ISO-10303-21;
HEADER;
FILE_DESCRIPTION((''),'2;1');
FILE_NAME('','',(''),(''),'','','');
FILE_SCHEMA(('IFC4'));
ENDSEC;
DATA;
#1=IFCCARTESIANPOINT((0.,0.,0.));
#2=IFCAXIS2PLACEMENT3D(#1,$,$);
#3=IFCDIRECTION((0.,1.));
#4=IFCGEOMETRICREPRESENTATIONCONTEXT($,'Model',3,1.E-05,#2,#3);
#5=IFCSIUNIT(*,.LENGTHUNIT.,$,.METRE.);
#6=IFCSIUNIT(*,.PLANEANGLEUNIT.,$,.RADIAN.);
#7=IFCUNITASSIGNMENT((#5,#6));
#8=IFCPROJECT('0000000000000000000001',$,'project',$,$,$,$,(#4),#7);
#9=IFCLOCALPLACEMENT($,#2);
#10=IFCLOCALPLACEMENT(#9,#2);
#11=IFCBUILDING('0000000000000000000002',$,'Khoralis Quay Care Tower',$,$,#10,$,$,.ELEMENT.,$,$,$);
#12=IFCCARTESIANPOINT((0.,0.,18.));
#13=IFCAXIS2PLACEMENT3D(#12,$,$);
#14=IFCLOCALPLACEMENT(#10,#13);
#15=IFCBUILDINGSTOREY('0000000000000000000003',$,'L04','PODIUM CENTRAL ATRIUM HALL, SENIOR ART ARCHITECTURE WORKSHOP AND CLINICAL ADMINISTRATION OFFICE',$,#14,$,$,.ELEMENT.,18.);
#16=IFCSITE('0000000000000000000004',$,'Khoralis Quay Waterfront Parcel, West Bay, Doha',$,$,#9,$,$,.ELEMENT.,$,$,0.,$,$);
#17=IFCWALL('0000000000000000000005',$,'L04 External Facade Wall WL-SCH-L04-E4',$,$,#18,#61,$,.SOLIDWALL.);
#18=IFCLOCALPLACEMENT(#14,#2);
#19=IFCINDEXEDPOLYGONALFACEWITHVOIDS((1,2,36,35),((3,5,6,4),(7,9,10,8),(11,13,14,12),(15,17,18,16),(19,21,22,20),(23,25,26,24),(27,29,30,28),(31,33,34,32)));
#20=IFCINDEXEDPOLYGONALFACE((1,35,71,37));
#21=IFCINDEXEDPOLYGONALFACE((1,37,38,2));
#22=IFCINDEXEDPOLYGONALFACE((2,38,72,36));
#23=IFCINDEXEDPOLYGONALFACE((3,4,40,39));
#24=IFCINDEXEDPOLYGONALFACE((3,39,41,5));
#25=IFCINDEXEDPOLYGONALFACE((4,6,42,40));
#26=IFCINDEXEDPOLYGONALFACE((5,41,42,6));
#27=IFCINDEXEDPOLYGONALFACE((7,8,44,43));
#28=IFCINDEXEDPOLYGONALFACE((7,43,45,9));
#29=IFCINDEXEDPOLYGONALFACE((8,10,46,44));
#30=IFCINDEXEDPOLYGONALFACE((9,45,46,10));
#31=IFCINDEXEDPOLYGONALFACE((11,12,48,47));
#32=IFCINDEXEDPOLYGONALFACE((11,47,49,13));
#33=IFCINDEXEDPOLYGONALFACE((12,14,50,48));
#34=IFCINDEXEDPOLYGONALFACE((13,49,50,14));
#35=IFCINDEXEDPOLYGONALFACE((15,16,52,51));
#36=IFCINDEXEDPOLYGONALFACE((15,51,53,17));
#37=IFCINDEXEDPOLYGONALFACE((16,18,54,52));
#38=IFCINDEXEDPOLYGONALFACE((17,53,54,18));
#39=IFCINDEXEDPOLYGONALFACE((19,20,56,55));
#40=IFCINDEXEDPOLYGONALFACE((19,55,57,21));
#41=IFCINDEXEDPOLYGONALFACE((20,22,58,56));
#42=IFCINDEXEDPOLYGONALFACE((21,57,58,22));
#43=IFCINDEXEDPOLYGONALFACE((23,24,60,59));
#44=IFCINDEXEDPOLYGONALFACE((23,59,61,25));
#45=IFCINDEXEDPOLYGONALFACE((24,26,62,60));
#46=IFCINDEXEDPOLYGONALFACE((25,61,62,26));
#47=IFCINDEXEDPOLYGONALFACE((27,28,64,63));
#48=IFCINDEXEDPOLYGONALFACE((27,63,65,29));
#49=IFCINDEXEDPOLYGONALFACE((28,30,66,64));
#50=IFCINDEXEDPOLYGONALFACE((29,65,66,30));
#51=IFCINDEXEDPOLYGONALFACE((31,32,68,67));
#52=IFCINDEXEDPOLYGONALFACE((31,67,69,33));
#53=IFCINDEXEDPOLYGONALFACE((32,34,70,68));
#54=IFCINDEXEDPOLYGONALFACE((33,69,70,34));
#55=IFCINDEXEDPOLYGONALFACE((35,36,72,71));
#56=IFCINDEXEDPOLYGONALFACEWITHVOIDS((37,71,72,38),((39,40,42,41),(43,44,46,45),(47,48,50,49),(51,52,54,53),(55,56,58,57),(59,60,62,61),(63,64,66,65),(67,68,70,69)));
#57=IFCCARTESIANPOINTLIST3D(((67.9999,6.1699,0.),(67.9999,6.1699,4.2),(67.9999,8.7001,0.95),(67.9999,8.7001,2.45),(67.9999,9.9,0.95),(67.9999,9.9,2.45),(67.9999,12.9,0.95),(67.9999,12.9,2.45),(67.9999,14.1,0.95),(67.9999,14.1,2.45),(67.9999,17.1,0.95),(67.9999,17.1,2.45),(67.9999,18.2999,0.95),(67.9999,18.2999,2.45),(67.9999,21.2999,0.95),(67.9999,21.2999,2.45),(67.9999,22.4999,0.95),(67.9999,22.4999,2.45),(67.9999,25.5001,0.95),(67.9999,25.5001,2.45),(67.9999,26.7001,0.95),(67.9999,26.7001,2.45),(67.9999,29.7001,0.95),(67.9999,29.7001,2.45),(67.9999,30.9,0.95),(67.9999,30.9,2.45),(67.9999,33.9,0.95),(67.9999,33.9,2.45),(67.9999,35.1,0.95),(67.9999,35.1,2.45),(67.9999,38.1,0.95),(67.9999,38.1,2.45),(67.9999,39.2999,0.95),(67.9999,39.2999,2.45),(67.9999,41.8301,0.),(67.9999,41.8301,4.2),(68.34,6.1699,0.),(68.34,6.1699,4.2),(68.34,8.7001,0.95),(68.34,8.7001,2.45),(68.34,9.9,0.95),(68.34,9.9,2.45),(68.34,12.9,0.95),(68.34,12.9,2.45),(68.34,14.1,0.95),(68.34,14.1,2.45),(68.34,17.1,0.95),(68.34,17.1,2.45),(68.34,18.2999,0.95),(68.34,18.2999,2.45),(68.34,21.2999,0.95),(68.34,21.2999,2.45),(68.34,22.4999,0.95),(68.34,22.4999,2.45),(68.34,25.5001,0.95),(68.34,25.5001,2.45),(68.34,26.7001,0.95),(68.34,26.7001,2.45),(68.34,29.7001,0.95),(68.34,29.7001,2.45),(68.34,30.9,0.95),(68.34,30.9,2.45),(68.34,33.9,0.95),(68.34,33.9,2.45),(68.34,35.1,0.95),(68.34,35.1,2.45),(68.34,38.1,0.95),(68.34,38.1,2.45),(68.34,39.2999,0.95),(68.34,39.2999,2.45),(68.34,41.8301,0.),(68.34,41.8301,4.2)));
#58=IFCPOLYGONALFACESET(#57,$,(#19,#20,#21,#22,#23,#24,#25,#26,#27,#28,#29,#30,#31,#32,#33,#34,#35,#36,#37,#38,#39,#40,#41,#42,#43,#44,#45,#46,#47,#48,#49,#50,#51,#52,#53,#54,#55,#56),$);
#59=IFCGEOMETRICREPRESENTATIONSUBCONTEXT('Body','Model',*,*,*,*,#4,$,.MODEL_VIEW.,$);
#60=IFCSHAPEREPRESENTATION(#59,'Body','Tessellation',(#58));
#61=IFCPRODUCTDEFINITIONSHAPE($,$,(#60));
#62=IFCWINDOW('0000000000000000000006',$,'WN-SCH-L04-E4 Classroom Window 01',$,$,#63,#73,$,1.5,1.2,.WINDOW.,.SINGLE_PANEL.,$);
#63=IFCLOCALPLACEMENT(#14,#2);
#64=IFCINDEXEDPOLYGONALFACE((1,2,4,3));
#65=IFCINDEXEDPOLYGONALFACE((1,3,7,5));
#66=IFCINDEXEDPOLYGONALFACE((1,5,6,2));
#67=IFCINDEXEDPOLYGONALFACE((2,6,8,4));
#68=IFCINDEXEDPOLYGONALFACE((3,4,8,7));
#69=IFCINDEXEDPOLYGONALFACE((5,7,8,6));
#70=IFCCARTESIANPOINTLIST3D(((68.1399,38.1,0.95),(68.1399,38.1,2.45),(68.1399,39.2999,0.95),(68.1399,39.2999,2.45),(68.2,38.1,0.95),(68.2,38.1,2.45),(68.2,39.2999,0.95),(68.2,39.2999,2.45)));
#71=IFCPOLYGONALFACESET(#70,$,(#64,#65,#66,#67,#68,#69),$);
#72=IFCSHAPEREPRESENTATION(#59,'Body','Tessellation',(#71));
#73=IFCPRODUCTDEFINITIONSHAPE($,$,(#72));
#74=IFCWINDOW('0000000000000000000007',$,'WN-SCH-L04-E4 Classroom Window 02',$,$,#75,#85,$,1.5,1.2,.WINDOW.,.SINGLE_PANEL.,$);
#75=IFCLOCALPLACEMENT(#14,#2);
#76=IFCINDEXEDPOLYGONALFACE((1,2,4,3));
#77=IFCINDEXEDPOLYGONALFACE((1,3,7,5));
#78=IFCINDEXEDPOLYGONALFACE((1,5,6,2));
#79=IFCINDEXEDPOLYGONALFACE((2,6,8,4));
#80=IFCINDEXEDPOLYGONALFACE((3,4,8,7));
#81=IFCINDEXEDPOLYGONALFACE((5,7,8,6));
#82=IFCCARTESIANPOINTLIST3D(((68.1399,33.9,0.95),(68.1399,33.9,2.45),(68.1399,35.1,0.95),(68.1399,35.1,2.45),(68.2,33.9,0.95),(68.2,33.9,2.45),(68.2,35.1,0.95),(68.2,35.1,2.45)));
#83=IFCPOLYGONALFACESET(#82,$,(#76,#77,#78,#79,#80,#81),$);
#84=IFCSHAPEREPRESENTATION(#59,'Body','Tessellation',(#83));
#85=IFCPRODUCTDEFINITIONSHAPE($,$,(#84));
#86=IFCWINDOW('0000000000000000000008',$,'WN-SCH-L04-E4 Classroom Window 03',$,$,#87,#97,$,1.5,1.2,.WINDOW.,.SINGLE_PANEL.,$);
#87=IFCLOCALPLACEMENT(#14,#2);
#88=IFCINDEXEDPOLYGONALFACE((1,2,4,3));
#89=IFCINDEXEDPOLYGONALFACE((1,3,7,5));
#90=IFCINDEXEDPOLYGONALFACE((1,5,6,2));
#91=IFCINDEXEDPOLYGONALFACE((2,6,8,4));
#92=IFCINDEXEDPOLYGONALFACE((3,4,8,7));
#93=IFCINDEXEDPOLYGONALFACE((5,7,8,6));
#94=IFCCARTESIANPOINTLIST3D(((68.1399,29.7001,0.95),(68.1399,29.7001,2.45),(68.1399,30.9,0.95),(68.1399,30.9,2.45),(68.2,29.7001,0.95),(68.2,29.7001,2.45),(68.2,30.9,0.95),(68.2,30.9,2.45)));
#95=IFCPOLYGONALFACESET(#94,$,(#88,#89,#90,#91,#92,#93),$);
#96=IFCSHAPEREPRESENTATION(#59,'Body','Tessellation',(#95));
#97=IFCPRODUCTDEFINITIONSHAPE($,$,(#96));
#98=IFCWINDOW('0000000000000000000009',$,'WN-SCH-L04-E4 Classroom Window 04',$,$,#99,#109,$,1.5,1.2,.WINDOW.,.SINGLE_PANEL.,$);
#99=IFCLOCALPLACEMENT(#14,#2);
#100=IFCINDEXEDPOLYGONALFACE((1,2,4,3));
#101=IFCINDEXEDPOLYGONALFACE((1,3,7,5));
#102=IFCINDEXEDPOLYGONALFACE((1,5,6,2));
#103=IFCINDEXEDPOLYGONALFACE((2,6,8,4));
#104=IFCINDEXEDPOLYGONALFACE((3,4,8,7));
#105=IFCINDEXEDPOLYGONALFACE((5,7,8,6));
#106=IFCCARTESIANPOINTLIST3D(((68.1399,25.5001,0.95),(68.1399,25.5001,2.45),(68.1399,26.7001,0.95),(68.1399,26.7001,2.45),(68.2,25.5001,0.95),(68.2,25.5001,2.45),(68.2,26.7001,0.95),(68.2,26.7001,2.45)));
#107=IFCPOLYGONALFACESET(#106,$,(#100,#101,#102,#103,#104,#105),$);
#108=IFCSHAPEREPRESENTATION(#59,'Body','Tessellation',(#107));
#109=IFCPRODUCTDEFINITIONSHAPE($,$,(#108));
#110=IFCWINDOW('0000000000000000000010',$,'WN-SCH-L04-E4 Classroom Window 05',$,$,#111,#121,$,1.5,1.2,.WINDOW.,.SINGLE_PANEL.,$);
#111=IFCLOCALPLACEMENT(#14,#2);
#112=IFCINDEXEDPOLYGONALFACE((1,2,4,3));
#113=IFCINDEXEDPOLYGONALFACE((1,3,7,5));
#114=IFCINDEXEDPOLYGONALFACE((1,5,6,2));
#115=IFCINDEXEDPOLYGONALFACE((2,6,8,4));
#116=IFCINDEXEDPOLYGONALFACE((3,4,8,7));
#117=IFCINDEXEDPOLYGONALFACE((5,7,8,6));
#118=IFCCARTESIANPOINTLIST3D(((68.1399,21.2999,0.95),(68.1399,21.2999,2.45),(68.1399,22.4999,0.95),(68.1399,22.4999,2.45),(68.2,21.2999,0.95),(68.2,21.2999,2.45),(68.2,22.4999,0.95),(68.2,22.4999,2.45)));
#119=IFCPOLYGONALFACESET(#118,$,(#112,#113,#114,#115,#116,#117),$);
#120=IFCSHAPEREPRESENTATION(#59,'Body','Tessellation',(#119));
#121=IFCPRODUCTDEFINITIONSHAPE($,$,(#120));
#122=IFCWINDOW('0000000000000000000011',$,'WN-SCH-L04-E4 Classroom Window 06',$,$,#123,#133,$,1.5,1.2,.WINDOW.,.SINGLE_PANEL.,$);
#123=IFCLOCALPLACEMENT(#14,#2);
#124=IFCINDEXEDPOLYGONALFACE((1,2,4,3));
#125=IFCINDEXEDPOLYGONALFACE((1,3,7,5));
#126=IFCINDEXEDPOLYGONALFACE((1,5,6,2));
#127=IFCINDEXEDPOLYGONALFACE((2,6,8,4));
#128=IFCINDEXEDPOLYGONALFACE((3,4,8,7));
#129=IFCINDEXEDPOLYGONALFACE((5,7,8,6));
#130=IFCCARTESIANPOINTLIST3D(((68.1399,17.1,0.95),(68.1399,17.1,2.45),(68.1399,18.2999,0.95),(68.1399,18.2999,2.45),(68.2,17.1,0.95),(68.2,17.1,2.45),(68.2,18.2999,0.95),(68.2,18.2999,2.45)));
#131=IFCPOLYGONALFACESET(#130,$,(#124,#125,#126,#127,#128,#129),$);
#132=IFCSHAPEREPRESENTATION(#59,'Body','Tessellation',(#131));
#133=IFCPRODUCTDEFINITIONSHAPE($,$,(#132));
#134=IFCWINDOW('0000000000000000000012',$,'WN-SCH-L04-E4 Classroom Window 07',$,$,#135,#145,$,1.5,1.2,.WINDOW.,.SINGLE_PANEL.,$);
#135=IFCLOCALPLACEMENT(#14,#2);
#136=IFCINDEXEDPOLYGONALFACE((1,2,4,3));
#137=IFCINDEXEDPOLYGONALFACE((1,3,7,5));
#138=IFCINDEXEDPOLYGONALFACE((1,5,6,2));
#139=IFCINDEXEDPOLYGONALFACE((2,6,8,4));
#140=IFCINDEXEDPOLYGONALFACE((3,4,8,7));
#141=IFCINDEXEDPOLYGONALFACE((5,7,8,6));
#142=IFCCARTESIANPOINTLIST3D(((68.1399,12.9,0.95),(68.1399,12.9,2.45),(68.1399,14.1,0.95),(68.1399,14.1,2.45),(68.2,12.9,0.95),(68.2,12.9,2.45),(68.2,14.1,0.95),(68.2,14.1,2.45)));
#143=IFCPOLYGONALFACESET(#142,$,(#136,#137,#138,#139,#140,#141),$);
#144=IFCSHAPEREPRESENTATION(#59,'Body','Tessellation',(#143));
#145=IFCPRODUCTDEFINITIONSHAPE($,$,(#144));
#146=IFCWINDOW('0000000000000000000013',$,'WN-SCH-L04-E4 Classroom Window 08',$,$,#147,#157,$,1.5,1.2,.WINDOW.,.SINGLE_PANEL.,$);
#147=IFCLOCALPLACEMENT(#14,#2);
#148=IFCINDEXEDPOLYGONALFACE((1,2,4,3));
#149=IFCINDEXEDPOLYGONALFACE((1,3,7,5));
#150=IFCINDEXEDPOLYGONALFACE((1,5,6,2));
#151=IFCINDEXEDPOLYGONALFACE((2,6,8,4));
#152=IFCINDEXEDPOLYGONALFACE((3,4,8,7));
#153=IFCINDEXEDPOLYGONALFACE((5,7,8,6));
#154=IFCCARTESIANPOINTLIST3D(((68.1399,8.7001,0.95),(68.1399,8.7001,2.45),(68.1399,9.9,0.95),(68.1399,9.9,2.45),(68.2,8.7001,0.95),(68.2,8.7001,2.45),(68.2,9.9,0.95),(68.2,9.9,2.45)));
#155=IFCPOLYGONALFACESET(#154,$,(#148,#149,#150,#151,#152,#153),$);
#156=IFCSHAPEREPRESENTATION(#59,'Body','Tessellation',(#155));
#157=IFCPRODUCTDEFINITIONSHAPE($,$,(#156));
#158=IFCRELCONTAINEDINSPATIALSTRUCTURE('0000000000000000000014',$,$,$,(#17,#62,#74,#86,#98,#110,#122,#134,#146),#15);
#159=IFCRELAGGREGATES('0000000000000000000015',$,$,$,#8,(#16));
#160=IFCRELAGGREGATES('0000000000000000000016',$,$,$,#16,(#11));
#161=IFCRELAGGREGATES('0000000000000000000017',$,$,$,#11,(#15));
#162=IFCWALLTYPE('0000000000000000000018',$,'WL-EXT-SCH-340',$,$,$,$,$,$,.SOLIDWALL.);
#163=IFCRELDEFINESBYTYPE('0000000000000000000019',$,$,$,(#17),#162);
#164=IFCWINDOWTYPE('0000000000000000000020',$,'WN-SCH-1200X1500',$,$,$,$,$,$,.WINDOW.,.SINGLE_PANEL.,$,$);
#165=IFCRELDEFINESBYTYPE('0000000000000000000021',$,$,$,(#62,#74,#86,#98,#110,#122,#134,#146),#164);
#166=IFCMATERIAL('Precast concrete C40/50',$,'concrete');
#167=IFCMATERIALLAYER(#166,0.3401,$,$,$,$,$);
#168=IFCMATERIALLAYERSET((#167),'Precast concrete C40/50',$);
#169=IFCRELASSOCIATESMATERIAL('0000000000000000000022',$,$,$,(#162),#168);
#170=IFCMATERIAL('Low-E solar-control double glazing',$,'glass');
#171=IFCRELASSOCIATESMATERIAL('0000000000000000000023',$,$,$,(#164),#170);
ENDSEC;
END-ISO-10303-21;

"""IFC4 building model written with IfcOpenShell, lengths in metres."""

from ifc_helpers import new_model, si_unit, direction, frame, frame_2d, origin, place, context, subcontext, project, spatial, rectangle, extrude, source, transform, mapped, material, layer, layer_set, type_object, element, fill, save


model = new_model("IFC4")

# Units and contexts
model_context = context("Model", 3, precision=1e-05, world=origin(), true_north=direction((0.0, 1.0)))
body_context = subcontext(model_context, "Body", "Model", "MODEL_VIEW")
ifc_project = project(units=[si_unit("LENGTHUNIT", "METRE"), si_unit("PLANEANGLEUNIT", "RADIAN")], contexts=[model_context])

# Site, building, storey
site_placement = place(None, origin())
site = spatial("IfcSite", under=ifc_project, at=site_placement, Name="Khoralis Quay Waterfront Parcel, West Bay, Doha", CompositionType="ELEMENT", RefElevation=0.0)
building_placement = place(site_placement, origin())
building = spatial("IfcBuilding", under=site, at=building_placement, Name="Khoralis Quay Care Tower", CompositionType="ELEMENT")
storey_placement = place(building_placement, frame((0.0, 0.0, 18.0)))
storey = spatial("IfcBuildingStorey", under=building, at=storey_placement, Name="L04", Description="PODIUM CENTRAL ATRIUM HALL, SENIOR ART ARCHITECTURE WORKSHOP AND CLINICAL ADMINISTRATION OFFICE", CompositionType="ELEMENT", Elevation=18.0)

# Wall, openings, windows
ifc_material_1 = material(Name="Low-E solar-control double glazing", Category="glass")
ifc_material_2 = material(Name="Precast concrete C40/50", Category="concrete")
ifc_layer_1 = layer(ifc_material_2, 0.3401)
ifc_layer_set_1 = layer_set([ifc_layer_1], Name="Precast concrete C40/50")
wall_type_1 = type_object("IfcWallType", Name="WL-EXT-SCH-340", PredefinedType="SOLIDWALL", material=ifc_layer_set_1)
wall_1_placement = place(storey_placement, frame((68.1699, 41.8301, 0.0), z_axis=(0.0, 0.0, 1.0), x_axis=(0.0, -1.0, 0.0)))
wall_1 = element("IfcWall", 1, at=wall_1_placement, inside=storey, type_object=wall_type_1, Name="L04 External Facade Wall WL-SCH-L04-E4", PredefinedType="SOLIDWALL", context=body_context, shape_type="SweptSolid", body=[
    extrude(rectangle(XDim=35.6602, YDim=0.3401, at=frame_2d((17.8301, 0.0))), origin(), (0.0, 0.0, 1.0), 4.2),
])
opening_1_placement = place(wall_1_placement, frame((2.53, 0.0, 0.95)))
opening_1 = element("IfcOpeningElement", 2, at=opening_1_placement, cuts=wall_1, PredefinedType="OPENING", context=body_context, shape_type="SweptSolid", body=[
    extrude(rectangle(XDim=1.2, YDim=1.5, at=frame_2d((0.6001, 0.75))), frame((0.0, 0.1802, 0.0), z_axis=(0.0, -1.0, 0.0), x_axis=(1.0, 0.0, 0.0)), (0.0, 0.0, 1.0), 0.3601),
])
opening_2_placement = place(wall_1_placement, frame((6.73, 0.0, 0.95)))
opening_2 = element("IfcOpeningElement", 3, at=opening_2_placement, cuts=wall_1, PredefinedType="OPENING", context=body_context, shape_type="SweptSolid", body=[
    extrude(rectangle(XDim=1.2, YDim=1.5, at=frame_2d((0.6001, 0.75))), frame((0.0, 0.1802, 0.0), z_axis=(0.0, -1.0, 0.0), x_axis=(1.0, 0.0, 0.0)), (0.0, 0.0, 1.0), 0.3601),
])
opening_3_placement = place(wall_1_placement, frame((10.9299, 0.0, 0.95)))
opening_3 = element("IfcOpeningElement", 4, at=opening_3_placement, cuts=wall_1, PredefinedType="OPENING", context=body_context, shape_type="SweptSolid", body=[
    extrude(rectangle(XDim=1.2, YDim=1.5, at=frame_2d((0.6001, 0.75))), frame((0.0, 0.1802, 0.0), z_axis=(0.0, -1.0, 0.0), x_axis=(1.0, 0.0, 0.0)), (0.0, 0.0, 1.0), 0.3601),
])
opening_4_placement = place(wall_1_placement, frame((15.1299, 0.0, 0.95)))
opening_4 = element("IfcOpeningElement", 5, at=opening_4_placement, cuts=wall_1, PredefinedType="OPENING", context=body_context, shape_type="SweptSolid", body=[
    extrude(rectangle(XDim=1.2, YDim=1.5, at=frame_2d((0.6001, 0.75))), frame((0.0, 0.1802, 0.0), z_axis=(0.0, -1.0, 0.0), x_axis=(1.0, 0.0, 0.0)), (0.0, 0.0, 1.0), 0.3601),
])
opening_5_placement = place(wall_1_placement, frame((19.3301, 0.0, 0.95)))
opening_5 = element("IfcOpeningElement", 6, at=opening_5_placement, cuts=wall_1, PredefinedType="OPENING", context=body_context, shape_type="SweptSolid", body=[
    extrude(rectangle(XDim=1.2, YDim=1.5, at=frame_2d((0.6001, 0.75))), frame((0.0, 0.1802, 0.0), z_axis=(0.0, -1.0, 0.0), x_axis=(1.0, 0.0, 0.0)), (0.0, 0.0, 1.0), 0.3601),
])
opening_6_placement = place(wall_1_placement, frame((23.53, 0.0, 0.95)))
opening_6 = element("IfcOpeningElement", 7, at=opening_6_placement, cuts=wall_1, PredefinedType="OPENING", context=body_context, shape_type="SweptSolid", body=[
    extrude(rectangle(XDim=1.2, YDim=1.5, at=frame_2d((0.6001, 0.75))), frame((0.0, 0.1802, 0.0), z_axis=(0.0, -1.0, 0.0), x_axis=(1.0, 0.0, 0.0)), (0.0, 0.0, 1.0), 0.3601),
])
opening_7_placement = place(wall_1_placement, frame((27.73, 0.0, 0.95)))
opening_7 = element("IfcOpeningElement", 8, at=opening_7_placement, cuts=wall_1, PredefinedType="OPENING", context=body_context, shape_type="SweptSolid", body=[
    extrude(rectangle(XDim=1.2, YDim=1.5, at=frame_2d((0.6001, 0.75))), frame((0.0, 0.1802, 0.0), z_axis=(0.0, -1.0, 0.0), x_axis=(1.0, 0.0, 0.0)), (0.0, 0.0, 1.0), 0.3601),
])
opening_8_placement = place(wall_1_placement, frame((31.9299, 0.0, 0.95)))
opening_8 = element("IfcOpeningElement", 9, at=opening_8_placement, cuts=wall_1, PredefinedType="OPENING", context=body_context, shape_type="SweptSolid", body=[
    extrude(rectangle(XDim=1.2, YDim=1.5, at=frame_2d((0.6001, 0.75))), frame((0.0, 0.1802, 0.0), z_axis=(0.0, -1.0, 0.0), x_axis=(1.0, 0.0, 0.0)), (0.0, 0.0, 1.0), 0.3601),
])
window_type_1 = type_object("IfcWindowType", Name="WN-SCH-1200X1500", PartitioningType="SINGLE_PANEL", PredefinedType="WINDOW", material=ifc_material_1)
shared_shape_1 = source(origin(), body_context, "Body", "SweptSolid", [
    extrude(rectangle(XDim=1.2, YDim=1.5, at=frame_2d((0.6001, 0.75))), frame((0.0, 0.03, 0.0), z_axis=(0.0, -1.0, 0.0), x_axis=(1.0, 0.0, 0.0)), (0.0, 0.0, 1.0), 0.0601),
])
window_1_placement = place(opening_1_placement, origin())
window_1 = element("IfcWindow", 10, at=window_1_placement, inside=storey, type_object=window_type_1, Name="WN-SCH-L04-E4 Classroom Window 01", OverallHeight=1.5, OverallWidth=1.2, PartitioningType="SINGLE_PANEL", PredefinedType="WINDOW", context=body_context, shape_type="MappedRepresentation", body=[
    mapped(shared_shape_1, transform((0.0, 0.0, 0.0), scale=1.0)),
])
fill(opening_1, window_1)
window_2_placement = place(opening_2_placement, origin())
window_2 = element("IfcWindow", 11, at=window_2_placement, inside=storey, type_object=window_type_1, Name="WN-SCH-L04-E4 Classroom Window 02", OverallHeight=1.5, OverallWidth=1.2, PartitioningType="SINGLE_PANEL", PredefinedType="WINDOW", context=body_context, shape_type="MappedRepresentation", body=[
    mapped(shared_shape_1, transform((0.0, 0.0, 0.0), scale=1.0)),
])
fill(opening_2, window_2)
window_3_placement = place(opening_3_placement, origin())
window_3 = element("IfcWindow", 12, at=window_3_placement, inside=storey, type_object=window_type_1, Name="WN-SCH-L04-E4 Classroom Window 03", OverallHeight=1.5, OverallWidth=1.2, PartitioningType="SINGLE_PANEL", PredefinedType="WINDOW", context=body_context, shape_type="MappedRepresentation", body=[
    mapped(shared_shape_1, transform((0.0, 0.0, 0.0), scale=1.0)),
])
fill(opening_3, window_3)
window_4_placement = place(opening_4_placement, origin())
window_4 = element("IfcWindow", 13, at=window_4_placement, inside=storey, type_object=window_type_1, Name="WN-SCH-L04-E4 Classroom Window 04", OverallHeight=1.5, OverallWidth=1.2, PartitioningType="SINGLE_PANEL", PredefinedType="WINDOW", context=body_context, shape_type="MappedRepresentation", body=[
    mapped(shared_shape_1, transform((0.0, 0.0, 0.0), scale=1.0)),
])
fill(opening_4, window_4)
window_5_placement = place(opening_5_placement, origin())
window_5 = element("IfcWindow", 14, at=window_5_placement, inside=storey, type_object=window_type_1, Name="WN-SCH-L04-E4 Classroom Window 05", OverallHeight=1.5, OverallWidth=1.2, PartitioningType="SINGLE_PANEL", PredefinedType="WINDOW", context=body_context, shape_type="MappedRepresentation", body=[
    mapped(shared_shape_1, transform((0.0, 0.0, 0.0), scale=1.0)),
])
fill(opening_5, window_5)
window_6_placement = place(opening_6_placement, origin())
window_6 = element("IfcWindow", 15, at=window_6_placement, inside=storey, type_object=window_type_1, Name="WN-SCH-L04-E4 Classroom Window 06", OverallHeight=1.5, OverallWidth=1.2, PartitioningType="SINGLE_PANEL", PredefinedType="WINDOW", context=body_context, shape_type="MappedRepresentation", body=[
    mapped(shared_shape_1, transform((0.0, 0.0, 0.0), scale=1.0)),
])
fill(opening_6, window_6)
window_7_placement = place(opening_7_placement, origin())
window_7 = element("IfcWindow", 16, at=window_7_placement, inside=storey, type_object=window_type_1, Name="WN-SCH-L04-E4 Classroom Window 07", OverallHeight=1.5, OverallWidth=1.2, PartitioningType="SINGLE_PANEL", PredefinedType="WINDOW", context=body_context, shape_type="MappedRepresentation", body=[
    mapped(shared_shape_1, transform((0.0, 0.0, 0.0), scale=1.0)),
])
fill(opening_7, window_7)
window_8_placement = place(opening_8_placement, origin())
window_8 = element("IfcWindow", 17, at=window_8_placement, inside=storey, type_object=window_type_1, Name="WN-SCH-L04-E4 Classroom Window 08", OverallHeight=1.5, OverallWidth=1.2, PartitioningType="SINGLE_PANEL", PredefinedType="WINDOW", context=body_context, shape_type="MappedRepresentation", body=[
    mapped(shared_shape_1, transform((0.0, 0.0, 0.0), scale=1.0)),
])
fill(opening_8, window_8)

save(model, "model.ifc")
